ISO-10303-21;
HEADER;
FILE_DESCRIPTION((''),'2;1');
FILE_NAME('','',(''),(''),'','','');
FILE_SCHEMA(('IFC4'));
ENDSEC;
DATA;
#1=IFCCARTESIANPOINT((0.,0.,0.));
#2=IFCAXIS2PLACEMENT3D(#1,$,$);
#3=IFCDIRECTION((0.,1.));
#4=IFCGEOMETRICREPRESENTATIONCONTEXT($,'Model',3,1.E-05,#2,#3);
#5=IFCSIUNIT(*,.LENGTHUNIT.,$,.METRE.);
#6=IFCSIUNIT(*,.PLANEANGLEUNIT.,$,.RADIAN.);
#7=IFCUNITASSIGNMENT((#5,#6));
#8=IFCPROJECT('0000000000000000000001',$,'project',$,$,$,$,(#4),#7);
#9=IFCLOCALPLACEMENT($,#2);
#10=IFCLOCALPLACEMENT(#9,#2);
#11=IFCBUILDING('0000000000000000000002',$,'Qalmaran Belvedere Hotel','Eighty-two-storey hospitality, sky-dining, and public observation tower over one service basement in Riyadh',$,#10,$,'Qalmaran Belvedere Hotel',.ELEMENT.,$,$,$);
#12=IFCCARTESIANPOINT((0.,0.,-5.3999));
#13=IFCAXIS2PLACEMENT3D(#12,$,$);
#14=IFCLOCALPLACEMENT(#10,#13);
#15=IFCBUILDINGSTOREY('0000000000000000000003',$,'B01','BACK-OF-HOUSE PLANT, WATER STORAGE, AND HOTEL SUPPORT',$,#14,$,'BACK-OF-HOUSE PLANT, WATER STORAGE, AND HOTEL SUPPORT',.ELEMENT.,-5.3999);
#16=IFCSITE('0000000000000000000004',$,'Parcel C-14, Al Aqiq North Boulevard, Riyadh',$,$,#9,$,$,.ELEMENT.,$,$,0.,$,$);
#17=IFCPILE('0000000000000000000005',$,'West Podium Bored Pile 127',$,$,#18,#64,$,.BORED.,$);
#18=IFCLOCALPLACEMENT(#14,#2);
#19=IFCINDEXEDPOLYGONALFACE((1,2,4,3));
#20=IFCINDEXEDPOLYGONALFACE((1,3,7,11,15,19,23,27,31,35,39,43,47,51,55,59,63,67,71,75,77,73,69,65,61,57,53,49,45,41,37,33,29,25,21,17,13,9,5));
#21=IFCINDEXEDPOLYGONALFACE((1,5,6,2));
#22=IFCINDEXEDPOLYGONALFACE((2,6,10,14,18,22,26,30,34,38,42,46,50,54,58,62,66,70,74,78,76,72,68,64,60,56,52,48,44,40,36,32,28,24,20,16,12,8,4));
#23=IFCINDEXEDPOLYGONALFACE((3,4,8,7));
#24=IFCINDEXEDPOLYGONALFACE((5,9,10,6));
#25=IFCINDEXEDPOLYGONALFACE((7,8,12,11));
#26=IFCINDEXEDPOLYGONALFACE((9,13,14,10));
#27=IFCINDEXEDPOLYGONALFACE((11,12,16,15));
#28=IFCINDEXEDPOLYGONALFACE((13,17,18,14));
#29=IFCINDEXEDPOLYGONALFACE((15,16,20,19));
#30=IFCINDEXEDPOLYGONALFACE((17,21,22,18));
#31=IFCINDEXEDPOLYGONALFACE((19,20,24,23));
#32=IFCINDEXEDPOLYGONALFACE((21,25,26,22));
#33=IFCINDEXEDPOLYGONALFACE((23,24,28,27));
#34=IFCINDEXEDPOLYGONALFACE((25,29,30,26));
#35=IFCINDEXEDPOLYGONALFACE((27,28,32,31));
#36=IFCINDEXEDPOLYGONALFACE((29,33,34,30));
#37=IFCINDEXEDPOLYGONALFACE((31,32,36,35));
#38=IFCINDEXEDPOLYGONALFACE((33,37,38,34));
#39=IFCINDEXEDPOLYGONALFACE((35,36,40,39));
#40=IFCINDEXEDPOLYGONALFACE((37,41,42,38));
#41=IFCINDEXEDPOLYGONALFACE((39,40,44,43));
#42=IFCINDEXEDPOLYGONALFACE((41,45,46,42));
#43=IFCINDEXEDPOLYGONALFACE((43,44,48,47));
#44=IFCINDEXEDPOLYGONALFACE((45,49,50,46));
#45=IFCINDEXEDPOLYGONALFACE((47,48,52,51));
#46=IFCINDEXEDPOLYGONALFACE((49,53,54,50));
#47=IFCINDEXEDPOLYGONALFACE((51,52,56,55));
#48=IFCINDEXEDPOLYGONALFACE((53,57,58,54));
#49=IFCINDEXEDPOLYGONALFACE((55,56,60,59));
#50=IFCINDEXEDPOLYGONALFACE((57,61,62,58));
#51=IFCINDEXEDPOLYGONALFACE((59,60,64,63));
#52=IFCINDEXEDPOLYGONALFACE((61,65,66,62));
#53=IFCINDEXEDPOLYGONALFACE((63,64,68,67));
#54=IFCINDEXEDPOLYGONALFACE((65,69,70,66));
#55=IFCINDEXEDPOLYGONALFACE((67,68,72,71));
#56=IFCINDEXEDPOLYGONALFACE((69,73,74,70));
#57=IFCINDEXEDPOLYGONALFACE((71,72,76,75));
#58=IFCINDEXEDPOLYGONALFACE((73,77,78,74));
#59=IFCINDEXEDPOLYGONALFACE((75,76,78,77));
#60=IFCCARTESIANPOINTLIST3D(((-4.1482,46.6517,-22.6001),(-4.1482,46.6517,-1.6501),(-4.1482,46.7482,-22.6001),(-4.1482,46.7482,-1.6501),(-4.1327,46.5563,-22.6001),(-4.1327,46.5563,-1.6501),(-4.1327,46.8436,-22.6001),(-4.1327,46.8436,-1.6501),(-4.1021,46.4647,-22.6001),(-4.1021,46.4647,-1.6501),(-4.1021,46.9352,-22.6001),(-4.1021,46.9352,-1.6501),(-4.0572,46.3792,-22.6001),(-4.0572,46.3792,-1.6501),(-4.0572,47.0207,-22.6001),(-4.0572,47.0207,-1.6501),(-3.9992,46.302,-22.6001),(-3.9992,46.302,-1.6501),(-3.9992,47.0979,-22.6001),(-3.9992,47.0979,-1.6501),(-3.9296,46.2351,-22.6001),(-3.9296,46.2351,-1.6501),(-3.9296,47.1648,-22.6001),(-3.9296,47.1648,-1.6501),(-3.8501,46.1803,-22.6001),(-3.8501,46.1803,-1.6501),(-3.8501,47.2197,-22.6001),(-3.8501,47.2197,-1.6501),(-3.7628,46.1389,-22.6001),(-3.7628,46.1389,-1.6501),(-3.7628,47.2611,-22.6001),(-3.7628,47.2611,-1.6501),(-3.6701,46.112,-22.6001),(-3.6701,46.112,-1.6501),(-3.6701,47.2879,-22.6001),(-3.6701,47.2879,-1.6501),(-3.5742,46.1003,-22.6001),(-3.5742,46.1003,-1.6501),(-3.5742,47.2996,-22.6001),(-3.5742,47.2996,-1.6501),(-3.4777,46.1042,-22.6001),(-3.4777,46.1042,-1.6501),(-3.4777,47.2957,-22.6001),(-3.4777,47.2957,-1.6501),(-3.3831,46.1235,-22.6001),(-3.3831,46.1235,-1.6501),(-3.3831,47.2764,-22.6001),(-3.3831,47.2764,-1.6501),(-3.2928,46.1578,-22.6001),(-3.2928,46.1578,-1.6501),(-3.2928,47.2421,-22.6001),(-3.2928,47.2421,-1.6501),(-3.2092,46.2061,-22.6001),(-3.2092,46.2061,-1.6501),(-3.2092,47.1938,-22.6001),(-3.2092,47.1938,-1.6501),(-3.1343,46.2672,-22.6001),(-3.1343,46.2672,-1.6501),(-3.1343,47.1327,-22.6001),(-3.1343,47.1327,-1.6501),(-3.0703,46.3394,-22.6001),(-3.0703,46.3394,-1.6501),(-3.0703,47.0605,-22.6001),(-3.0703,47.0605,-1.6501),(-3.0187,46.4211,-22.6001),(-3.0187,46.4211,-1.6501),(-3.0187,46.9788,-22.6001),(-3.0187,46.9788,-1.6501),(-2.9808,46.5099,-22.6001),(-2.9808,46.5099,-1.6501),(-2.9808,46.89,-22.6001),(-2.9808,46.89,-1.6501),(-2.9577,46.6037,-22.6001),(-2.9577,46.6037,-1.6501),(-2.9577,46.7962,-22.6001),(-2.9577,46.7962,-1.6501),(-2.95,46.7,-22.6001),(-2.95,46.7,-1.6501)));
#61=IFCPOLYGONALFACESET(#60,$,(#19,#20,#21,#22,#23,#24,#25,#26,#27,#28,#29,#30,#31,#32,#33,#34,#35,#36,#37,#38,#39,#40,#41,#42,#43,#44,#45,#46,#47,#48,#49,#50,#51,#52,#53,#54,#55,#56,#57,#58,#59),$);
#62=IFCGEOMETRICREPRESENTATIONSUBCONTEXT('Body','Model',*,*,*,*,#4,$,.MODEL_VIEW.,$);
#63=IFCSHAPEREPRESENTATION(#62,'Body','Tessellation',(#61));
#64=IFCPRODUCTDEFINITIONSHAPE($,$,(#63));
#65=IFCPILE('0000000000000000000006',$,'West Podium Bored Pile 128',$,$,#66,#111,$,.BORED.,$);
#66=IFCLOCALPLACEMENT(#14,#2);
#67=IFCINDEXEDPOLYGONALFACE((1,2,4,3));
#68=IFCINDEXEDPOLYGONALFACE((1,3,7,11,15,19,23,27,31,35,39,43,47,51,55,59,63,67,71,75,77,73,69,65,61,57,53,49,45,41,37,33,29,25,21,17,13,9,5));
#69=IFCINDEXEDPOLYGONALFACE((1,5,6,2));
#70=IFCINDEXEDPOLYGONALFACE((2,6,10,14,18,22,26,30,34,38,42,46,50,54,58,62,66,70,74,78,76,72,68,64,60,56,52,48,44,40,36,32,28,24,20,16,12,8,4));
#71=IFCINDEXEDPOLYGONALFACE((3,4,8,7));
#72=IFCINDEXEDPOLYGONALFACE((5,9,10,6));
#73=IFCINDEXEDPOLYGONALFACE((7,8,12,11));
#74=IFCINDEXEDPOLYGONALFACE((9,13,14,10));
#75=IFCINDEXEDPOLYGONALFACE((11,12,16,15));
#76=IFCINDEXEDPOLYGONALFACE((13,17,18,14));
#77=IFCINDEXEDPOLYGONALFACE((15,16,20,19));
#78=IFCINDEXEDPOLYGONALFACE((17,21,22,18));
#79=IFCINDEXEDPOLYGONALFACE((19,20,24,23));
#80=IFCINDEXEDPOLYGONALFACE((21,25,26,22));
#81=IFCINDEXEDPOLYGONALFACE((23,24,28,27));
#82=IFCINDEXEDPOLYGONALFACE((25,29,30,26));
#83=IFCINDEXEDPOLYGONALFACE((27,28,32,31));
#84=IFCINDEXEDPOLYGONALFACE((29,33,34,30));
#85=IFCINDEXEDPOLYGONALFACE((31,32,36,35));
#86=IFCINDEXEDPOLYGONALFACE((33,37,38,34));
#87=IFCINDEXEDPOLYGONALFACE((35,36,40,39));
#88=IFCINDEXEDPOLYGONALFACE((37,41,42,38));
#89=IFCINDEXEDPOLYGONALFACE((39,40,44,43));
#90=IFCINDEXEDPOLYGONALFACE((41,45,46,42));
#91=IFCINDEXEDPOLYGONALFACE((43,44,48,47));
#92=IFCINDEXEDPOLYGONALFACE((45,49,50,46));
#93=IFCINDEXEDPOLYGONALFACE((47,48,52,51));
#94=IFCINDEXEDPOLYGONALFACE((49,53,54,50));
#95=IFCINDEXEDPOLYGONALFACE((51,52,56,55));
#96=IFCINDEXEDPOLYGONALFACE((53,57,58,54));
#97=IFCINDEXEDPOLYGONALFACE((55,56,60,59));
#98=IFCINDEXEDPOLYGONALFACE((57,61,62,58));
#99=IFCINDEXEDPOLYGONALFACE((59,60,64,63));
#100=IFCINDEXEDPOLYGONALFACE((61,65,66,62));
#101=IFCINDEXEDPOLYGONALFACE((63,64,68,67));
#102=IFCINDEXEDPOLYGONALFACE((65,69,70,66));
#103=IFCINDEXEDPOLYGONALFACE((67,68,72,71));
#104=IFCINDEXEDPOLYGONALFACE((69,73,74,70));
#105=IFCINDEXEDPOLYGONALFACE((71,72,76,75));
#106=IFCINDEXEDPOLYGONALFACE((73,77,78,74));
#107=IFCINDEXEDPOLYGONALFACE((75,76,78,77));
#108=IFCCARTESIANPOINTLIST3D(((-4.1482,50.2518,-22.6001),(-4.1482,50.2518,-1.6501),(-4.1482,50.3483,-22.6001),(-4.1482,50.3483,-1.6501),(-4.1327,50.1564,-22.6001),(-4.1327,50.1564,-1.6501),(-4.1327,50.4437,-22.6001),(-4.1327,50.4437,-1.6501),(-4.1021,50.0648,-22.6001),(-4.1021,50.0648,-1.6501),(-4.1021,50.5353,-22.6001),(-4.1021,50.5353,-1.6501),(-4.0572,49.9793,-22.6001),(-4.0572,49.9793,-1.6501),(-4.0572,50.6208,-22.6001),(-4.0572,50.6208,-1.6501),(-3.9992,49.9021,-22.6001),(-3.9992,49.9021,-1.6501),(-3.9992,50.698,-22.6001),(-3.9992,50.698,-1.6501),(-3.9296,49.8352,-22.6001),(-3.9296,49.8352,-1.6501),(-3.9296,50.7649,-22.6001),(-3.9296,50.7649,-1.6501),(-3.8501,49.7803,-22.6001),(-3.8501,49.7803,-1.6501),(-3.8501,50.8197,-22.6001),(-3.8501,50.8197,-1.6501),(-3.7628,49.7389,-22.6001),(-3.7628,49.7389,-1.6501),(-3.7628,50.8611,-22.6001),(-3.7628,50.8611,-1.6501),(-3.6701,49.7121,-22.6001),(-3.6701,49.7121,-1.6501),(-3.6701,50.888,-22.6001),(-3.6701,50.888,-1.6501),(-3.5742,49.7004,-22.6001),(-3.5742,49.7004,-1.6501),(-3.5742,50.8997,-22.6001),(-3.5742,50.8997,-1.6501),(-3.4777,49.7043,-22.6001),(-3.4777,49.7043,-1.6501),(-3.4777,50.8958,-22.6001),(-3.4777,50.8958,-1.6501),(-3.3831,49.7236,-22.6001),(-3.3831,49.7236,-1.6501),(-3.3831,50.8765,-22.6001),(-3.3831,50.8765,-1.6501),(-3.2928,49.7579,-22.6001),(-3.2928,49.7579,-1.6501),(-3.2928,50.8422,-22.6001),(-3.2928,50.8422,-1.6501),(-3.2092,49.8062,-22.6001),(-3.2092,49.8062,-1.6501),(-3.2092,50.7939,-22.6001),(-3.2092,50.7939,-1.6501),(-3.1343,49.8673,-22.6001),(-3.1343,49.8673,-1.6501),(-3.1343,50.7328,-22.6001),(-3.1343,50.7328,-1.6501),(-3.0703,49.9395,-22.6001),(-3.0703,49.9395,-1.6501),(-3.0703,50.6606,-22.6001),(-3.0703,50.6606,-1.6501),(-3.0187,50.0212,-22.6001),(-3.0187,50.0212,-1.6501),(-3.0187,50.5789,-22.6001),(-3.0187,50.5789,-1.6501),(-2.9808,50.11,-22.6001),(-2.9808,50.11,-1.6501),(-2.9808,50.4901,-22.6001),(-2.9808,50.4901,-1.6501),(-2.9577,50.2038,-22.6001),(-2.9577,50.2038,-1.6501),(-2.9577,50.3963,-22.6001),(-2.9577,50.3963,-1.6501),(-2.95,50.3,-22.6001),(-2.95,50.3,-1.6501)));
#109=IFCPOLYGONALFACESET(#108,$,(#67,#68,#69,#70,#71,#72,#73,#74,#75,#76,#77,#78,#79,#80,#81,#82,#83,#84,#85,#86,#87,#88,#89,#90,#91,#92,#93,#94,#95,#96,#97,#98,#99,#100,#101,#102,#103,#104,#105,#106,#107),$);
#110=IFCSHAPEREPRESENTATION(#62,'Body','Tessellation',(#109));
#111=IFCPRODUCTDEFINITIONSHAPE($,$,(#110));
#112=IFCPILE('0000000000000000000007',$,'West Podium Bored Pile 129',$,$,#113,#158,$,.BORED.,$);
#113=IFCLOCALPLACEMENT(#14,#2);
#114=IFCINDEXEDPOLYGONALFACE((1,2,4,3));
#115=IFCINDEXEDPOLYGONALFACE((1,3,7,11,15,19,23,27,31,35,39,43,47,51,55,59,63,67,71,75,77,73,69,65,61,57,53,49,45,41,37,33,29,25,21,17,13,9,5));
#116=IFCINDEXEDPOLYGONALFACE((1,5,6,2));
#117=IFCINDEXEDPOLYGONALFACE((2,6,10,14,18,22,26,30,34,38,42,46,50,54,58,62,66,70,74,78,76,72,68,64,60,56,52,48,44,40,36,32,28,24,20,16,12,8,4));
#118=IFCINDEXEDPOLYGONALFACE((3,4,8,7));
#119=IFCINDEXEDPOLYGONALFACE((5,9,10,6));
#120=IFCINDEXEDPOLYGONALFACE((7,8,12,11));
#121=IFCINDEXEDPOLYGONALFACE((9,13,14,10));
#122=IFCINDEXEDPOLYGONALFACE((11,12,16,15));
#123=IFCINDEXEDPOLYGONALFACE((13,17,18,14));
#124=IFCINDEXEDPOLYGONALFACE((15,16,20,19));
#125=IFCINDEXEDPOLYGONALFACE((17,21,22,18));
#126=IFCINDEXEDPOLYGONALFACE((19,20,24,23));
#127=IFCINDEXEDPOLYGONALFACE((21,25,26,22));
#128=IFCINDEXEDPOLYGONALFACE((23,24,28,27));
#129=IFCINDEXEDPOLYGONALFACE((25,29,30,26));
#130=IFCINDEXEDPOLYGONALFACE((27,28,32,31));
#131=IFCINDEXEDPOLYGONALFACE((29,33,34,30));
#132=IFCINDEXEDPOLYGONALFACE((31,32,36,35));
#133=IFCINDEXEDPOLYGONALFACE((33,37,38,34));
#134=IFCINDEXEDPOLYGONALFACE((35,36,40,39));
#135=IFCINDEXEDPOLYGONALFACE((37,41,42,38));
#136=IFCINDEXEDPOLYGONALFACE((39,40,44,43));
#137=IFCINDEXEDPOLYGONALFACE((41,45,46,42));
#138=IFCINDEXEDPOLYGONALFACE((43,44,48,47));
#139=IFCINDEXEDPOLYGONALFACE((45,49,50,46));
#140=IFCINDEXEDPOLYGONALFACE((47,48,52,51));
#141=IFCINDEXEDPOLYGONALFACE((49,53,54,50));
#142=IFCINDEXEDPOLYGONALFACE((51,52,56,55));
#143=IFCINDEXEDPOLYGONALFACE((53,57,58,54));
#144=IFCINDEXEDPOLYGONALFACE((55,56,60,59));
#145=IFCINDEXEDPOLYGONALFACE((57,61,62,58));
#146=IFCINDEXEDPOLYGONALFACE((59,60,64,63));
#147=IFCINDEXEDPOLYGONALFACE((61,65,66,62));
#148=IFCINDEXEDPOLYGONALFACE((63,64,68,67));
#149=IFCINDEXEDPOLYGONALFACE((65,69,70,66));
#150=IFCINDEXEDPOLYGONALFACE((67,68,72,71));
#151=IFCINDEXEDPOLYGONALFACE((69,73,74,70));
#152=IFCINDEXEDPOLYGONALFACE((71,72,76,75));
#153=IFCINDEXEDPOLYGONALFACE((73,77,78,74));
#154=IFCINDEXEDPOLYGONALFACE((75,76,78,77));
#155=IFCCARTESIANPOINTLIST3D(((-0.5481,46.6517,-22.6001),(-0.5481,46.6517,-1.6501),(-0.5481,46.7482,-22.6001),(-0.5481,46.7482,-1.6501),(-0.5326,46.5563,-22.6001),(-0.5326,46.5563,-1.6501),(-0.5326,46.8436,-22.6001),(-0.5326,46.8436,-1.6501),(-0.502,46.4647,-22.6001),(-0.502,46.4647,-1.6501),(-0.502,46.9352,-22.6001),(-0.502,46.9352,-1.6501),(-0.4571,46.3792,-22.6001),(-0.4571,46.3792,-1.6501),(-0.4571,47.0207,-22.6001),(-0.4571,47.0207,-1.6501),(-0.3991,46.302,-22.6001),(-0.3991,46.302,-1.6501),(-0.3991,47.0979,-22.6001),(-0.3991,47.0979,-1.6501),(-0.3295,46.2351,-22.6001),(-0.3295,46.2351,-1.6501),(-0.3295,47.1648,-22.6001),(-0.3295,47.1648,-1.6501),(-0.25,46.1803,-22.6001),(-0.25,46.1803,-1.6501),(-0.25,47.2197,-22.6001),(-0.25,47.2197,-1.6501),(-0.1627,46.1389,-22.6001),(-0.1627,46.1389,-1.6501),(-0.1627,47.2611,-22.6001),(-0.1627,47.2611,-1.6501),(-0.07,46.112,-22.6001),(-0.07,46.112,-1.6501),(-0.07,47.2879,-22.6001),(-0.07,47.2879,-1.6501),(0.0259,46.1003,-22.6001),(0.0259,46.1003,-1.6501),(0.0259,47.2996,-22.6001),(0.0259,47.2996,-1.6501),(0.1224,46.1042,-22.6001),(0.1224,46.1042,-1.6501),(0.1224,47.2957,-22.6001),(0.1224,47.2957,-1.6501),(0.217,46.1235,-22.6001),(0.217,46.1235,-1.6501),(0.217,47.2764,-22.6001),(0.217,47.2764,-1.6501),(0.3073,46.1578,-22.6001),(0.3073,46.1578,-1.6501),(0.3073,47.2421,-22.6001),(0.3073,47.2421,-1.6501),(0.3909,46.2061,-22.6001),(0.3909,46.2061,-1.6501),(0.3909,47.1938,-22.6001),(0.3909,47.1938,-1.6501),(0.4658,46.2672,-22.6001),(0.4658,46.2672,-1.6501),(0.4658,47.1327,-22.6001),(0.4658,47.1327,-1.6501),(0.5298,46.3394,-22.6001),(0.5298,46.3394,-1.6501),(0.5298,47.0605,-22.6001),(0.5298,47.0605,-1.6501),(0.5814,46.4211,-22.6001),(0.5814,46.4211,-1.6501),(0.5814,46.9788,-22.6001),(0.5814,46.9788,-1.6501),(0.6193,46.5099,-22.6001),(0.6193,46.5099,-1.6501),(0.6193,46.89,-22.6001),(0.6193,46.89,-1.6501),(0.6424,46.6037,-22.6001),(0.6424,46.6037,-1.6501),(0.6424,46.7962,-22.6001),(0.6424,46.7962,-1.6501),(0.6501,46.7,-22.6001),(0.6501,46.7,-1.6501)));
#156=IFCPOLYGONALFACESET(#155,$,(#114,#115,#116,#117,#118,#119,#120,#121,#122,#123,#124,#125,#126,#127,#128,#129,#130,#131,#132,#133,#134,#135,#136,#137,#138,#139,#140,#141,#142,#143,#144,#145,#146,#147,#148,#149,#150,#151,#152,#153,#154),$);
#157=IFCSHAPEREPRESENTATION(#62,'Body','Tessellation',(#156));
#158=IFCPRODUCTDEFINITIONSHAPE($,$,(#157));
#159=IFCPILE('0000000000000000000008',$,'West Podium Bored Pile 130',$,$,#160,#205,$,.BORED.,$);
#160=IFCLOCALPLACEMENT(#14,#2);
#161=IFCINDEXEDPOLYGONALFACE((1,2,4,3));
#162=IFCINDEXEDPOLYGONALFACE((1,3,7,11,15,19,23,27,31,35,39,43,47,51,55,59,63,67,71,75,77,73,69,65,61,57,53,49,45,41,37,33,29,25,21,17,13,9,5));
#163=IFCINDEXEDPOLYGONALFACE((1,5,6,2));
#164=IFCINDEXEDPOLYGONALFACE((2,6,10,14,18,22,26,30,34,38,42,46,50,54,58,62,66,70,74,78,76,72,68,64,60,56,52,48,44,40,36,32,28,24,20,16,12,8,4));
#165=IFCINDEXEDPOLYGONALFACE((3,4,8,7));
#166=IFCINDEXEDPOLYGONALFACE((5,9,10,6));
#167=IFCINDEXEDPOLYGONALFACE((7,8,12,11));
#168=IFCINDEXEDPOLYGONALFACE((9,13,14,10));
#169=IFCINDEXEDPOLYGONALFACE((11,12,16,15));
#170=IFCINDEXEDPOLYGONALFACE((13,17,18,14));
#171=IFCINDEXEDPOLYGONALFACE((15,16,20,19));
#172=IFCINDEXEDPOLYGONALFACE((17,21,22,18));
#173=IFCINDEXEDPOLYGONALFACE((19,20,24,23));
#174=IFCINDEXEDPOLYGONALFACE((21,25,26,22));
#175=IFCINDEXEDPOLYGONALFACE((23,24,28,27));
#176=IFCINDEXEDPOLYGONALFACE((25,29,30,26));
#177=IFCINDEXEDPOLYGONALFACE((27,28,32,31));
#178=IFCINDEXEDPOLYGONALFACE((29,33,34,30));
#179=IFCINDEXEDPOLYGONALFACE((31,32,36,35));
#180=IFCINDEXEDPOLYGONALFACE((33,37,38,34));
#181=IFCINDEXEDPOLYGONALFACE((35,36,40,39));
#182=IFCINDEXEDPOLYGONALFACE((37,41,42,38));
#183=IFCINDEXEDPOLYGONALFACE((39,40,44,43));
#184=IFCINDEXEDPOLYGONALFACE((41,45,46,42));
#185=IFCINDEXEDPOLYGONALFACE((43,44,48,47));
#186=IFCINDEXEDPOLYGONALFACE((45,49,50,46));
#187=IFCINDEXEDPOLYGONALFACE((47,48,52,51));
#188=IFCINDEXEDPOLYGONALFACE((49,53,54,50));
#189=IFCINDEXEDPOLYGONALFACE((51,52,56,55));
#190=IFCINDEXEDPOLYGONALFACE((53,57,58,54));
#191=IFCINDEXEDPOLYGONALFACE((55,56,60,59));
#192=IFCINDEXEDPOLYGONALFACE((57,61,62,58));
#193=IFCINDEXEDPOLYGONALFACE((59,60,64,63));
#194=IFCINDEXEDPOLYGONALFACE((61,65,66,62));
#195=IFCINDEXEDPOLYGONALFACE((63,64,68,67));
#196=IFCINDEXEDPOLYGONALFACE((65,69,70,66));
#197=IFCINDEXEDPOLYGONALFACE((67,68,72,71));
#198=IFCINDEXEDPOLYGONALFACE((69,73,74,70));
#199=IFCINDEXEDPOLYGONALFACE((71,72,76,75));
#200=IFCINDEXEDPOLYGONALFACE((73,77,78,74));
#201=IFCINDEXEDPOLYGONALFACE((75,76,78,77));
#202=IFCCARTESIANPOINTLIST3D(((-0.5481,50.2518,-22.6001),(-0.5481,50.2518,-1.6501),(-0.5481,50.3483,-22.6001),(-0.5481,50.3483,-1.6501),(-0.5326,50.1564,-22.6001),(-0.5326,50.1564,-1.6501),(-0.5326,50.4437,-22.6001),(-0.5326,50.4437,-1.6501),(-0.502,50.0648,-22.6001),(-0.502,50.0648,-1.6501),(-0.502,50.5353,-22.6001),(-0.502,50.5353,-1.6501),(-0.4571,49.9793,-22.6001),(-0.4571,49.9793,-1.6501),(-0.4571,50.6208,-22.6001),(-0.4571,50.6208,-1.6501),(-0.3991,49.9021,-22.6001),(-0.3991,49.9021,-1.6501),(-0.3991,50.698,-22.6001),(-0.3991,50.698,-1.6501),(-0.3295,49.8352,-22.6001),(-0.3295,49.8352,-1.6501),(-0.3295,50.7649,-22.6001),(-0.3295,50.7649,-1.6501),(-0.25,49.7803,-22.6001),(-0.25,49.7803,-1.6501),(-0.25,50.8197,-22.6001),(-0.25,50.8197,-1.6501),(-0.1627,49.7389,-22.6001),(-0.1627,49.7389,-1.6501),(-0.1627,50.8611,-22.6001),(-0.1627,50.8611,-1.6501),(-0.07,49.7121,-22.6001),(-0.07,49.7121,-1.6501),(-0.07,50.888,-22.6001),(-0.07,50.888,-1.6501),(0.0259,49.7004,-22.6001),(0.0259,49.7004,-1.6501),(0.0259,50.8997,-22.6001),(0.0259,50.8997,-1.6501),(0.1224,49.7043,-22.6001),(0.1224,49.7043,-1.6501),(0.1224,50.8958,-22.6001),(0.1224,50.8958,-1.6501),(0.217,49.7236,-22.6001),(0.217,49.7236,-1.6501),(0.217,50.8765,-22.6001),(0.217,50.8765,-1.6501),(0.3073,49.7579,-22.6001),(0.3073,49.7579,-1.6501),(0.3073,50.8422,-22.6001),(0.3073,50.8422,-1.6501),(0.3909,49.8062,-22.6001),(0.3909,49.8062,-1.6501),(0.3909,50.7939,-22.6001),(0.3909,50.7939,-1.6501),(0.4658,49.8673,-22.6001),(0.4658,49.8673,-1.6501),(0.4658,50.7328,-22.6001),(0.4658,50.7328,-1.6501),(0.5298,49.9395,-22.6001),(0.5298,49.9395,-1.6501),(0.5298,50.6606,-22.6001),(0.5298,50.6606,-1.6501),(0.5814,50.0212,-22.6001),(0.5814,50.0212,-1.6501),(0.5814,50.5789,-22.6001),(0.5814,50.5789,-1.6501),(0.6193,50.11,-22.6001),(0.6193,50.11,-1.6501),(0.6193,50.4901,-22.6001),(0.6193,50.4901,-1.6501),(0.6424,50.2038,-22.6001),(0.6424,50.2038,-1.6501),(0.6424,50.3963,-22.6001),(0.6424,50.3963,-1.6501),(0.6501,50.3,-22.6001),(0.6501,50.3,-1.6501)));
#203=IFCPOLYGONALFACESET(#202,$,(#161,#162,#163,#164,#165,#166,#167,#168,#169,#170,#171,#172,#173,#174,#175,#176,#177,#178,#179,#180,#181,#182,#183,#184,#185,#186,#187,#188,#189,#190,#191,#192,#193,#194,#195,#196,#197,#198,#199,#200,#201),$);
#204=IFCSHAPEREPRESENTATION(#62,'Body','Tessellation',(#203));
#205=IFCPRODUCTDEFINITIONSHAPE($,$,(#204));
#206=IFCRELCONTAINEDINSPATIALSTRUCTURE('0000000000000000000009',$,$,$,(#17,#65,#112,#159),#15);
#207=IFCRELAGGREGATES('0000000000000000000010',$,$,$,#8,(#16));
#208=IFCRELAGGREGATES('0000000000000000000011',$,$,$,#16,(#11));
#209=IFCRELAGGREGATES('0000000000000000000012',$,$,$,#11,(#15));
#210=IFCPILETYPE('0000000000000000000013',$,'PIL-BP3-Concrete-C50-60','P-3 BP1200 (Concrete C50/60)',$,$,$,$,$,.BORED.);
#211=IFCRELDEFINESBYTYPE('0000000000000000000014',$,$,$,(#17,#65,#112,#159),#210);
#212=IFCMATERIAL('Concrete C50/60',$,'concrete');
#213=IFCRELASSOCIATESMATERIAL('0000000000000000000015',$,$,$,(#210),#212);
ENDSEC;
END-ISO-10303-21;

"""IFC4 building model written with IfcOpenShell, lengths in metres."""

from ifc_helpers import new_model, si_unit, direction, frame, origin, origin_2d, place, context, subcontext, project, spatial, circle, extrude, material, material_profile, profile_set, type_object, element, save


model = new_model("IFC4")

# Units and contexts
model_context = context("Model", 3, precision=1e-05, world=origin(), true_north=direction((0.0, 1.0)))
body_context = subcontext(model_context, "Body", "Model", "MODEL_VIEW")
ifc_project = project(units=[si_unit("LENGTHUNIT", "METRE"), si_unit("PLANEANGLEUNIT", "RADIAN")], contexts=[model_context])

# Site, building, storey
site_placement = place(None, origin())
site = spatial("IfcSite", under=ifc_project, at=site_placement, Name="Parcel C-14, Al Aqiq North Boulevard, Riyadh", CompositionType="ELEMENT", RefElevation=0.0)
building_placement = place(site_placement, origin())
building = spatial("IfcBuilding", under=site, at=building_placement, Name="Qalmaran Belvedere Hotel", Description="Eighty-two-storey hospitality, sky-dining, and public observation tower over one service basement in Riyadh", LongName="Qalmaran Belvedere Hotel", CompositionType="ELEMENT")
storey_placement = place(building_placement, frame((0.0, 0.0, -5.3999)))
storey = spatial("IfcBuildingStorey", under=building, at=storey_placement, Name="B01", Description="BACK-OF-HOUSE PLANT, WATER STORAGE, AND HOTEL SUPPORT", LongName="BACK-OF-HOUSE PLANT, WATER STORAGE, AND HOTEL SUPPORT", CompositionType="ELEMENT", Elevation=-5.3999)

# Shared definitions
ifc_material_1 = material(Name="Concrete C50/60", Category="concrete")

# Piles
ifc_material_profile_1 = material_profile(ifc_material_1, circle(Radius=0.6001, at=origin_2d()), Name="BP1200")
ifc_profile_set_1 = profile_set([ifc_material_profile_1], Name="Concrete C50/60")
pile_type_1 = type_object("IfcPileType", Name="PIL-BP3-Concrete-C50-60", Description="P-3 BP1200 (Concrete C50/60)", PredefinedType="BORED", material=ifc_profile_set_1)
for number, where, z_axis, x_axis, name in (
    (1, (-3.55, 46.7, -1.6501), (0.0, 0.0, -1.0), (1.0, 0.0, 0.0), "West Podium Bored Pile 127"),
    (2, (-3.55, 50.3, -1.6501), (0.0, 0.0, -1.0), (1.0, 0.0, 0.0), "West Podium Bored Pile 128"),
    (3, (0.05, 46.7, -1.6501), (0.0, 0.0, -1.0), (1.0, 0.0, 0.0), "West Podium Bored Pile 129"),
    (4, (0.05, 50.3, -1.6501), (0.0, 0.0, -1.0), (1.0, 0.0, 0.0), "West Podium Bored Pile 130"),
):
    element("IfcPile", number, at=place(storey_placement, frame(where, z_axis=z_axis, x_axis=x_axis)), inside=storey, type_object=pile_type_1, Name=name, PredefinedType="BORED", context=body_context, shape_type="SweptSolid", body=[
        extrude(circle(Radius=0.6001, at=origin_2d()), origin(), (0.0, 0.0, 1.0), 20.95),
    ])

save(model, "model.ifc")
